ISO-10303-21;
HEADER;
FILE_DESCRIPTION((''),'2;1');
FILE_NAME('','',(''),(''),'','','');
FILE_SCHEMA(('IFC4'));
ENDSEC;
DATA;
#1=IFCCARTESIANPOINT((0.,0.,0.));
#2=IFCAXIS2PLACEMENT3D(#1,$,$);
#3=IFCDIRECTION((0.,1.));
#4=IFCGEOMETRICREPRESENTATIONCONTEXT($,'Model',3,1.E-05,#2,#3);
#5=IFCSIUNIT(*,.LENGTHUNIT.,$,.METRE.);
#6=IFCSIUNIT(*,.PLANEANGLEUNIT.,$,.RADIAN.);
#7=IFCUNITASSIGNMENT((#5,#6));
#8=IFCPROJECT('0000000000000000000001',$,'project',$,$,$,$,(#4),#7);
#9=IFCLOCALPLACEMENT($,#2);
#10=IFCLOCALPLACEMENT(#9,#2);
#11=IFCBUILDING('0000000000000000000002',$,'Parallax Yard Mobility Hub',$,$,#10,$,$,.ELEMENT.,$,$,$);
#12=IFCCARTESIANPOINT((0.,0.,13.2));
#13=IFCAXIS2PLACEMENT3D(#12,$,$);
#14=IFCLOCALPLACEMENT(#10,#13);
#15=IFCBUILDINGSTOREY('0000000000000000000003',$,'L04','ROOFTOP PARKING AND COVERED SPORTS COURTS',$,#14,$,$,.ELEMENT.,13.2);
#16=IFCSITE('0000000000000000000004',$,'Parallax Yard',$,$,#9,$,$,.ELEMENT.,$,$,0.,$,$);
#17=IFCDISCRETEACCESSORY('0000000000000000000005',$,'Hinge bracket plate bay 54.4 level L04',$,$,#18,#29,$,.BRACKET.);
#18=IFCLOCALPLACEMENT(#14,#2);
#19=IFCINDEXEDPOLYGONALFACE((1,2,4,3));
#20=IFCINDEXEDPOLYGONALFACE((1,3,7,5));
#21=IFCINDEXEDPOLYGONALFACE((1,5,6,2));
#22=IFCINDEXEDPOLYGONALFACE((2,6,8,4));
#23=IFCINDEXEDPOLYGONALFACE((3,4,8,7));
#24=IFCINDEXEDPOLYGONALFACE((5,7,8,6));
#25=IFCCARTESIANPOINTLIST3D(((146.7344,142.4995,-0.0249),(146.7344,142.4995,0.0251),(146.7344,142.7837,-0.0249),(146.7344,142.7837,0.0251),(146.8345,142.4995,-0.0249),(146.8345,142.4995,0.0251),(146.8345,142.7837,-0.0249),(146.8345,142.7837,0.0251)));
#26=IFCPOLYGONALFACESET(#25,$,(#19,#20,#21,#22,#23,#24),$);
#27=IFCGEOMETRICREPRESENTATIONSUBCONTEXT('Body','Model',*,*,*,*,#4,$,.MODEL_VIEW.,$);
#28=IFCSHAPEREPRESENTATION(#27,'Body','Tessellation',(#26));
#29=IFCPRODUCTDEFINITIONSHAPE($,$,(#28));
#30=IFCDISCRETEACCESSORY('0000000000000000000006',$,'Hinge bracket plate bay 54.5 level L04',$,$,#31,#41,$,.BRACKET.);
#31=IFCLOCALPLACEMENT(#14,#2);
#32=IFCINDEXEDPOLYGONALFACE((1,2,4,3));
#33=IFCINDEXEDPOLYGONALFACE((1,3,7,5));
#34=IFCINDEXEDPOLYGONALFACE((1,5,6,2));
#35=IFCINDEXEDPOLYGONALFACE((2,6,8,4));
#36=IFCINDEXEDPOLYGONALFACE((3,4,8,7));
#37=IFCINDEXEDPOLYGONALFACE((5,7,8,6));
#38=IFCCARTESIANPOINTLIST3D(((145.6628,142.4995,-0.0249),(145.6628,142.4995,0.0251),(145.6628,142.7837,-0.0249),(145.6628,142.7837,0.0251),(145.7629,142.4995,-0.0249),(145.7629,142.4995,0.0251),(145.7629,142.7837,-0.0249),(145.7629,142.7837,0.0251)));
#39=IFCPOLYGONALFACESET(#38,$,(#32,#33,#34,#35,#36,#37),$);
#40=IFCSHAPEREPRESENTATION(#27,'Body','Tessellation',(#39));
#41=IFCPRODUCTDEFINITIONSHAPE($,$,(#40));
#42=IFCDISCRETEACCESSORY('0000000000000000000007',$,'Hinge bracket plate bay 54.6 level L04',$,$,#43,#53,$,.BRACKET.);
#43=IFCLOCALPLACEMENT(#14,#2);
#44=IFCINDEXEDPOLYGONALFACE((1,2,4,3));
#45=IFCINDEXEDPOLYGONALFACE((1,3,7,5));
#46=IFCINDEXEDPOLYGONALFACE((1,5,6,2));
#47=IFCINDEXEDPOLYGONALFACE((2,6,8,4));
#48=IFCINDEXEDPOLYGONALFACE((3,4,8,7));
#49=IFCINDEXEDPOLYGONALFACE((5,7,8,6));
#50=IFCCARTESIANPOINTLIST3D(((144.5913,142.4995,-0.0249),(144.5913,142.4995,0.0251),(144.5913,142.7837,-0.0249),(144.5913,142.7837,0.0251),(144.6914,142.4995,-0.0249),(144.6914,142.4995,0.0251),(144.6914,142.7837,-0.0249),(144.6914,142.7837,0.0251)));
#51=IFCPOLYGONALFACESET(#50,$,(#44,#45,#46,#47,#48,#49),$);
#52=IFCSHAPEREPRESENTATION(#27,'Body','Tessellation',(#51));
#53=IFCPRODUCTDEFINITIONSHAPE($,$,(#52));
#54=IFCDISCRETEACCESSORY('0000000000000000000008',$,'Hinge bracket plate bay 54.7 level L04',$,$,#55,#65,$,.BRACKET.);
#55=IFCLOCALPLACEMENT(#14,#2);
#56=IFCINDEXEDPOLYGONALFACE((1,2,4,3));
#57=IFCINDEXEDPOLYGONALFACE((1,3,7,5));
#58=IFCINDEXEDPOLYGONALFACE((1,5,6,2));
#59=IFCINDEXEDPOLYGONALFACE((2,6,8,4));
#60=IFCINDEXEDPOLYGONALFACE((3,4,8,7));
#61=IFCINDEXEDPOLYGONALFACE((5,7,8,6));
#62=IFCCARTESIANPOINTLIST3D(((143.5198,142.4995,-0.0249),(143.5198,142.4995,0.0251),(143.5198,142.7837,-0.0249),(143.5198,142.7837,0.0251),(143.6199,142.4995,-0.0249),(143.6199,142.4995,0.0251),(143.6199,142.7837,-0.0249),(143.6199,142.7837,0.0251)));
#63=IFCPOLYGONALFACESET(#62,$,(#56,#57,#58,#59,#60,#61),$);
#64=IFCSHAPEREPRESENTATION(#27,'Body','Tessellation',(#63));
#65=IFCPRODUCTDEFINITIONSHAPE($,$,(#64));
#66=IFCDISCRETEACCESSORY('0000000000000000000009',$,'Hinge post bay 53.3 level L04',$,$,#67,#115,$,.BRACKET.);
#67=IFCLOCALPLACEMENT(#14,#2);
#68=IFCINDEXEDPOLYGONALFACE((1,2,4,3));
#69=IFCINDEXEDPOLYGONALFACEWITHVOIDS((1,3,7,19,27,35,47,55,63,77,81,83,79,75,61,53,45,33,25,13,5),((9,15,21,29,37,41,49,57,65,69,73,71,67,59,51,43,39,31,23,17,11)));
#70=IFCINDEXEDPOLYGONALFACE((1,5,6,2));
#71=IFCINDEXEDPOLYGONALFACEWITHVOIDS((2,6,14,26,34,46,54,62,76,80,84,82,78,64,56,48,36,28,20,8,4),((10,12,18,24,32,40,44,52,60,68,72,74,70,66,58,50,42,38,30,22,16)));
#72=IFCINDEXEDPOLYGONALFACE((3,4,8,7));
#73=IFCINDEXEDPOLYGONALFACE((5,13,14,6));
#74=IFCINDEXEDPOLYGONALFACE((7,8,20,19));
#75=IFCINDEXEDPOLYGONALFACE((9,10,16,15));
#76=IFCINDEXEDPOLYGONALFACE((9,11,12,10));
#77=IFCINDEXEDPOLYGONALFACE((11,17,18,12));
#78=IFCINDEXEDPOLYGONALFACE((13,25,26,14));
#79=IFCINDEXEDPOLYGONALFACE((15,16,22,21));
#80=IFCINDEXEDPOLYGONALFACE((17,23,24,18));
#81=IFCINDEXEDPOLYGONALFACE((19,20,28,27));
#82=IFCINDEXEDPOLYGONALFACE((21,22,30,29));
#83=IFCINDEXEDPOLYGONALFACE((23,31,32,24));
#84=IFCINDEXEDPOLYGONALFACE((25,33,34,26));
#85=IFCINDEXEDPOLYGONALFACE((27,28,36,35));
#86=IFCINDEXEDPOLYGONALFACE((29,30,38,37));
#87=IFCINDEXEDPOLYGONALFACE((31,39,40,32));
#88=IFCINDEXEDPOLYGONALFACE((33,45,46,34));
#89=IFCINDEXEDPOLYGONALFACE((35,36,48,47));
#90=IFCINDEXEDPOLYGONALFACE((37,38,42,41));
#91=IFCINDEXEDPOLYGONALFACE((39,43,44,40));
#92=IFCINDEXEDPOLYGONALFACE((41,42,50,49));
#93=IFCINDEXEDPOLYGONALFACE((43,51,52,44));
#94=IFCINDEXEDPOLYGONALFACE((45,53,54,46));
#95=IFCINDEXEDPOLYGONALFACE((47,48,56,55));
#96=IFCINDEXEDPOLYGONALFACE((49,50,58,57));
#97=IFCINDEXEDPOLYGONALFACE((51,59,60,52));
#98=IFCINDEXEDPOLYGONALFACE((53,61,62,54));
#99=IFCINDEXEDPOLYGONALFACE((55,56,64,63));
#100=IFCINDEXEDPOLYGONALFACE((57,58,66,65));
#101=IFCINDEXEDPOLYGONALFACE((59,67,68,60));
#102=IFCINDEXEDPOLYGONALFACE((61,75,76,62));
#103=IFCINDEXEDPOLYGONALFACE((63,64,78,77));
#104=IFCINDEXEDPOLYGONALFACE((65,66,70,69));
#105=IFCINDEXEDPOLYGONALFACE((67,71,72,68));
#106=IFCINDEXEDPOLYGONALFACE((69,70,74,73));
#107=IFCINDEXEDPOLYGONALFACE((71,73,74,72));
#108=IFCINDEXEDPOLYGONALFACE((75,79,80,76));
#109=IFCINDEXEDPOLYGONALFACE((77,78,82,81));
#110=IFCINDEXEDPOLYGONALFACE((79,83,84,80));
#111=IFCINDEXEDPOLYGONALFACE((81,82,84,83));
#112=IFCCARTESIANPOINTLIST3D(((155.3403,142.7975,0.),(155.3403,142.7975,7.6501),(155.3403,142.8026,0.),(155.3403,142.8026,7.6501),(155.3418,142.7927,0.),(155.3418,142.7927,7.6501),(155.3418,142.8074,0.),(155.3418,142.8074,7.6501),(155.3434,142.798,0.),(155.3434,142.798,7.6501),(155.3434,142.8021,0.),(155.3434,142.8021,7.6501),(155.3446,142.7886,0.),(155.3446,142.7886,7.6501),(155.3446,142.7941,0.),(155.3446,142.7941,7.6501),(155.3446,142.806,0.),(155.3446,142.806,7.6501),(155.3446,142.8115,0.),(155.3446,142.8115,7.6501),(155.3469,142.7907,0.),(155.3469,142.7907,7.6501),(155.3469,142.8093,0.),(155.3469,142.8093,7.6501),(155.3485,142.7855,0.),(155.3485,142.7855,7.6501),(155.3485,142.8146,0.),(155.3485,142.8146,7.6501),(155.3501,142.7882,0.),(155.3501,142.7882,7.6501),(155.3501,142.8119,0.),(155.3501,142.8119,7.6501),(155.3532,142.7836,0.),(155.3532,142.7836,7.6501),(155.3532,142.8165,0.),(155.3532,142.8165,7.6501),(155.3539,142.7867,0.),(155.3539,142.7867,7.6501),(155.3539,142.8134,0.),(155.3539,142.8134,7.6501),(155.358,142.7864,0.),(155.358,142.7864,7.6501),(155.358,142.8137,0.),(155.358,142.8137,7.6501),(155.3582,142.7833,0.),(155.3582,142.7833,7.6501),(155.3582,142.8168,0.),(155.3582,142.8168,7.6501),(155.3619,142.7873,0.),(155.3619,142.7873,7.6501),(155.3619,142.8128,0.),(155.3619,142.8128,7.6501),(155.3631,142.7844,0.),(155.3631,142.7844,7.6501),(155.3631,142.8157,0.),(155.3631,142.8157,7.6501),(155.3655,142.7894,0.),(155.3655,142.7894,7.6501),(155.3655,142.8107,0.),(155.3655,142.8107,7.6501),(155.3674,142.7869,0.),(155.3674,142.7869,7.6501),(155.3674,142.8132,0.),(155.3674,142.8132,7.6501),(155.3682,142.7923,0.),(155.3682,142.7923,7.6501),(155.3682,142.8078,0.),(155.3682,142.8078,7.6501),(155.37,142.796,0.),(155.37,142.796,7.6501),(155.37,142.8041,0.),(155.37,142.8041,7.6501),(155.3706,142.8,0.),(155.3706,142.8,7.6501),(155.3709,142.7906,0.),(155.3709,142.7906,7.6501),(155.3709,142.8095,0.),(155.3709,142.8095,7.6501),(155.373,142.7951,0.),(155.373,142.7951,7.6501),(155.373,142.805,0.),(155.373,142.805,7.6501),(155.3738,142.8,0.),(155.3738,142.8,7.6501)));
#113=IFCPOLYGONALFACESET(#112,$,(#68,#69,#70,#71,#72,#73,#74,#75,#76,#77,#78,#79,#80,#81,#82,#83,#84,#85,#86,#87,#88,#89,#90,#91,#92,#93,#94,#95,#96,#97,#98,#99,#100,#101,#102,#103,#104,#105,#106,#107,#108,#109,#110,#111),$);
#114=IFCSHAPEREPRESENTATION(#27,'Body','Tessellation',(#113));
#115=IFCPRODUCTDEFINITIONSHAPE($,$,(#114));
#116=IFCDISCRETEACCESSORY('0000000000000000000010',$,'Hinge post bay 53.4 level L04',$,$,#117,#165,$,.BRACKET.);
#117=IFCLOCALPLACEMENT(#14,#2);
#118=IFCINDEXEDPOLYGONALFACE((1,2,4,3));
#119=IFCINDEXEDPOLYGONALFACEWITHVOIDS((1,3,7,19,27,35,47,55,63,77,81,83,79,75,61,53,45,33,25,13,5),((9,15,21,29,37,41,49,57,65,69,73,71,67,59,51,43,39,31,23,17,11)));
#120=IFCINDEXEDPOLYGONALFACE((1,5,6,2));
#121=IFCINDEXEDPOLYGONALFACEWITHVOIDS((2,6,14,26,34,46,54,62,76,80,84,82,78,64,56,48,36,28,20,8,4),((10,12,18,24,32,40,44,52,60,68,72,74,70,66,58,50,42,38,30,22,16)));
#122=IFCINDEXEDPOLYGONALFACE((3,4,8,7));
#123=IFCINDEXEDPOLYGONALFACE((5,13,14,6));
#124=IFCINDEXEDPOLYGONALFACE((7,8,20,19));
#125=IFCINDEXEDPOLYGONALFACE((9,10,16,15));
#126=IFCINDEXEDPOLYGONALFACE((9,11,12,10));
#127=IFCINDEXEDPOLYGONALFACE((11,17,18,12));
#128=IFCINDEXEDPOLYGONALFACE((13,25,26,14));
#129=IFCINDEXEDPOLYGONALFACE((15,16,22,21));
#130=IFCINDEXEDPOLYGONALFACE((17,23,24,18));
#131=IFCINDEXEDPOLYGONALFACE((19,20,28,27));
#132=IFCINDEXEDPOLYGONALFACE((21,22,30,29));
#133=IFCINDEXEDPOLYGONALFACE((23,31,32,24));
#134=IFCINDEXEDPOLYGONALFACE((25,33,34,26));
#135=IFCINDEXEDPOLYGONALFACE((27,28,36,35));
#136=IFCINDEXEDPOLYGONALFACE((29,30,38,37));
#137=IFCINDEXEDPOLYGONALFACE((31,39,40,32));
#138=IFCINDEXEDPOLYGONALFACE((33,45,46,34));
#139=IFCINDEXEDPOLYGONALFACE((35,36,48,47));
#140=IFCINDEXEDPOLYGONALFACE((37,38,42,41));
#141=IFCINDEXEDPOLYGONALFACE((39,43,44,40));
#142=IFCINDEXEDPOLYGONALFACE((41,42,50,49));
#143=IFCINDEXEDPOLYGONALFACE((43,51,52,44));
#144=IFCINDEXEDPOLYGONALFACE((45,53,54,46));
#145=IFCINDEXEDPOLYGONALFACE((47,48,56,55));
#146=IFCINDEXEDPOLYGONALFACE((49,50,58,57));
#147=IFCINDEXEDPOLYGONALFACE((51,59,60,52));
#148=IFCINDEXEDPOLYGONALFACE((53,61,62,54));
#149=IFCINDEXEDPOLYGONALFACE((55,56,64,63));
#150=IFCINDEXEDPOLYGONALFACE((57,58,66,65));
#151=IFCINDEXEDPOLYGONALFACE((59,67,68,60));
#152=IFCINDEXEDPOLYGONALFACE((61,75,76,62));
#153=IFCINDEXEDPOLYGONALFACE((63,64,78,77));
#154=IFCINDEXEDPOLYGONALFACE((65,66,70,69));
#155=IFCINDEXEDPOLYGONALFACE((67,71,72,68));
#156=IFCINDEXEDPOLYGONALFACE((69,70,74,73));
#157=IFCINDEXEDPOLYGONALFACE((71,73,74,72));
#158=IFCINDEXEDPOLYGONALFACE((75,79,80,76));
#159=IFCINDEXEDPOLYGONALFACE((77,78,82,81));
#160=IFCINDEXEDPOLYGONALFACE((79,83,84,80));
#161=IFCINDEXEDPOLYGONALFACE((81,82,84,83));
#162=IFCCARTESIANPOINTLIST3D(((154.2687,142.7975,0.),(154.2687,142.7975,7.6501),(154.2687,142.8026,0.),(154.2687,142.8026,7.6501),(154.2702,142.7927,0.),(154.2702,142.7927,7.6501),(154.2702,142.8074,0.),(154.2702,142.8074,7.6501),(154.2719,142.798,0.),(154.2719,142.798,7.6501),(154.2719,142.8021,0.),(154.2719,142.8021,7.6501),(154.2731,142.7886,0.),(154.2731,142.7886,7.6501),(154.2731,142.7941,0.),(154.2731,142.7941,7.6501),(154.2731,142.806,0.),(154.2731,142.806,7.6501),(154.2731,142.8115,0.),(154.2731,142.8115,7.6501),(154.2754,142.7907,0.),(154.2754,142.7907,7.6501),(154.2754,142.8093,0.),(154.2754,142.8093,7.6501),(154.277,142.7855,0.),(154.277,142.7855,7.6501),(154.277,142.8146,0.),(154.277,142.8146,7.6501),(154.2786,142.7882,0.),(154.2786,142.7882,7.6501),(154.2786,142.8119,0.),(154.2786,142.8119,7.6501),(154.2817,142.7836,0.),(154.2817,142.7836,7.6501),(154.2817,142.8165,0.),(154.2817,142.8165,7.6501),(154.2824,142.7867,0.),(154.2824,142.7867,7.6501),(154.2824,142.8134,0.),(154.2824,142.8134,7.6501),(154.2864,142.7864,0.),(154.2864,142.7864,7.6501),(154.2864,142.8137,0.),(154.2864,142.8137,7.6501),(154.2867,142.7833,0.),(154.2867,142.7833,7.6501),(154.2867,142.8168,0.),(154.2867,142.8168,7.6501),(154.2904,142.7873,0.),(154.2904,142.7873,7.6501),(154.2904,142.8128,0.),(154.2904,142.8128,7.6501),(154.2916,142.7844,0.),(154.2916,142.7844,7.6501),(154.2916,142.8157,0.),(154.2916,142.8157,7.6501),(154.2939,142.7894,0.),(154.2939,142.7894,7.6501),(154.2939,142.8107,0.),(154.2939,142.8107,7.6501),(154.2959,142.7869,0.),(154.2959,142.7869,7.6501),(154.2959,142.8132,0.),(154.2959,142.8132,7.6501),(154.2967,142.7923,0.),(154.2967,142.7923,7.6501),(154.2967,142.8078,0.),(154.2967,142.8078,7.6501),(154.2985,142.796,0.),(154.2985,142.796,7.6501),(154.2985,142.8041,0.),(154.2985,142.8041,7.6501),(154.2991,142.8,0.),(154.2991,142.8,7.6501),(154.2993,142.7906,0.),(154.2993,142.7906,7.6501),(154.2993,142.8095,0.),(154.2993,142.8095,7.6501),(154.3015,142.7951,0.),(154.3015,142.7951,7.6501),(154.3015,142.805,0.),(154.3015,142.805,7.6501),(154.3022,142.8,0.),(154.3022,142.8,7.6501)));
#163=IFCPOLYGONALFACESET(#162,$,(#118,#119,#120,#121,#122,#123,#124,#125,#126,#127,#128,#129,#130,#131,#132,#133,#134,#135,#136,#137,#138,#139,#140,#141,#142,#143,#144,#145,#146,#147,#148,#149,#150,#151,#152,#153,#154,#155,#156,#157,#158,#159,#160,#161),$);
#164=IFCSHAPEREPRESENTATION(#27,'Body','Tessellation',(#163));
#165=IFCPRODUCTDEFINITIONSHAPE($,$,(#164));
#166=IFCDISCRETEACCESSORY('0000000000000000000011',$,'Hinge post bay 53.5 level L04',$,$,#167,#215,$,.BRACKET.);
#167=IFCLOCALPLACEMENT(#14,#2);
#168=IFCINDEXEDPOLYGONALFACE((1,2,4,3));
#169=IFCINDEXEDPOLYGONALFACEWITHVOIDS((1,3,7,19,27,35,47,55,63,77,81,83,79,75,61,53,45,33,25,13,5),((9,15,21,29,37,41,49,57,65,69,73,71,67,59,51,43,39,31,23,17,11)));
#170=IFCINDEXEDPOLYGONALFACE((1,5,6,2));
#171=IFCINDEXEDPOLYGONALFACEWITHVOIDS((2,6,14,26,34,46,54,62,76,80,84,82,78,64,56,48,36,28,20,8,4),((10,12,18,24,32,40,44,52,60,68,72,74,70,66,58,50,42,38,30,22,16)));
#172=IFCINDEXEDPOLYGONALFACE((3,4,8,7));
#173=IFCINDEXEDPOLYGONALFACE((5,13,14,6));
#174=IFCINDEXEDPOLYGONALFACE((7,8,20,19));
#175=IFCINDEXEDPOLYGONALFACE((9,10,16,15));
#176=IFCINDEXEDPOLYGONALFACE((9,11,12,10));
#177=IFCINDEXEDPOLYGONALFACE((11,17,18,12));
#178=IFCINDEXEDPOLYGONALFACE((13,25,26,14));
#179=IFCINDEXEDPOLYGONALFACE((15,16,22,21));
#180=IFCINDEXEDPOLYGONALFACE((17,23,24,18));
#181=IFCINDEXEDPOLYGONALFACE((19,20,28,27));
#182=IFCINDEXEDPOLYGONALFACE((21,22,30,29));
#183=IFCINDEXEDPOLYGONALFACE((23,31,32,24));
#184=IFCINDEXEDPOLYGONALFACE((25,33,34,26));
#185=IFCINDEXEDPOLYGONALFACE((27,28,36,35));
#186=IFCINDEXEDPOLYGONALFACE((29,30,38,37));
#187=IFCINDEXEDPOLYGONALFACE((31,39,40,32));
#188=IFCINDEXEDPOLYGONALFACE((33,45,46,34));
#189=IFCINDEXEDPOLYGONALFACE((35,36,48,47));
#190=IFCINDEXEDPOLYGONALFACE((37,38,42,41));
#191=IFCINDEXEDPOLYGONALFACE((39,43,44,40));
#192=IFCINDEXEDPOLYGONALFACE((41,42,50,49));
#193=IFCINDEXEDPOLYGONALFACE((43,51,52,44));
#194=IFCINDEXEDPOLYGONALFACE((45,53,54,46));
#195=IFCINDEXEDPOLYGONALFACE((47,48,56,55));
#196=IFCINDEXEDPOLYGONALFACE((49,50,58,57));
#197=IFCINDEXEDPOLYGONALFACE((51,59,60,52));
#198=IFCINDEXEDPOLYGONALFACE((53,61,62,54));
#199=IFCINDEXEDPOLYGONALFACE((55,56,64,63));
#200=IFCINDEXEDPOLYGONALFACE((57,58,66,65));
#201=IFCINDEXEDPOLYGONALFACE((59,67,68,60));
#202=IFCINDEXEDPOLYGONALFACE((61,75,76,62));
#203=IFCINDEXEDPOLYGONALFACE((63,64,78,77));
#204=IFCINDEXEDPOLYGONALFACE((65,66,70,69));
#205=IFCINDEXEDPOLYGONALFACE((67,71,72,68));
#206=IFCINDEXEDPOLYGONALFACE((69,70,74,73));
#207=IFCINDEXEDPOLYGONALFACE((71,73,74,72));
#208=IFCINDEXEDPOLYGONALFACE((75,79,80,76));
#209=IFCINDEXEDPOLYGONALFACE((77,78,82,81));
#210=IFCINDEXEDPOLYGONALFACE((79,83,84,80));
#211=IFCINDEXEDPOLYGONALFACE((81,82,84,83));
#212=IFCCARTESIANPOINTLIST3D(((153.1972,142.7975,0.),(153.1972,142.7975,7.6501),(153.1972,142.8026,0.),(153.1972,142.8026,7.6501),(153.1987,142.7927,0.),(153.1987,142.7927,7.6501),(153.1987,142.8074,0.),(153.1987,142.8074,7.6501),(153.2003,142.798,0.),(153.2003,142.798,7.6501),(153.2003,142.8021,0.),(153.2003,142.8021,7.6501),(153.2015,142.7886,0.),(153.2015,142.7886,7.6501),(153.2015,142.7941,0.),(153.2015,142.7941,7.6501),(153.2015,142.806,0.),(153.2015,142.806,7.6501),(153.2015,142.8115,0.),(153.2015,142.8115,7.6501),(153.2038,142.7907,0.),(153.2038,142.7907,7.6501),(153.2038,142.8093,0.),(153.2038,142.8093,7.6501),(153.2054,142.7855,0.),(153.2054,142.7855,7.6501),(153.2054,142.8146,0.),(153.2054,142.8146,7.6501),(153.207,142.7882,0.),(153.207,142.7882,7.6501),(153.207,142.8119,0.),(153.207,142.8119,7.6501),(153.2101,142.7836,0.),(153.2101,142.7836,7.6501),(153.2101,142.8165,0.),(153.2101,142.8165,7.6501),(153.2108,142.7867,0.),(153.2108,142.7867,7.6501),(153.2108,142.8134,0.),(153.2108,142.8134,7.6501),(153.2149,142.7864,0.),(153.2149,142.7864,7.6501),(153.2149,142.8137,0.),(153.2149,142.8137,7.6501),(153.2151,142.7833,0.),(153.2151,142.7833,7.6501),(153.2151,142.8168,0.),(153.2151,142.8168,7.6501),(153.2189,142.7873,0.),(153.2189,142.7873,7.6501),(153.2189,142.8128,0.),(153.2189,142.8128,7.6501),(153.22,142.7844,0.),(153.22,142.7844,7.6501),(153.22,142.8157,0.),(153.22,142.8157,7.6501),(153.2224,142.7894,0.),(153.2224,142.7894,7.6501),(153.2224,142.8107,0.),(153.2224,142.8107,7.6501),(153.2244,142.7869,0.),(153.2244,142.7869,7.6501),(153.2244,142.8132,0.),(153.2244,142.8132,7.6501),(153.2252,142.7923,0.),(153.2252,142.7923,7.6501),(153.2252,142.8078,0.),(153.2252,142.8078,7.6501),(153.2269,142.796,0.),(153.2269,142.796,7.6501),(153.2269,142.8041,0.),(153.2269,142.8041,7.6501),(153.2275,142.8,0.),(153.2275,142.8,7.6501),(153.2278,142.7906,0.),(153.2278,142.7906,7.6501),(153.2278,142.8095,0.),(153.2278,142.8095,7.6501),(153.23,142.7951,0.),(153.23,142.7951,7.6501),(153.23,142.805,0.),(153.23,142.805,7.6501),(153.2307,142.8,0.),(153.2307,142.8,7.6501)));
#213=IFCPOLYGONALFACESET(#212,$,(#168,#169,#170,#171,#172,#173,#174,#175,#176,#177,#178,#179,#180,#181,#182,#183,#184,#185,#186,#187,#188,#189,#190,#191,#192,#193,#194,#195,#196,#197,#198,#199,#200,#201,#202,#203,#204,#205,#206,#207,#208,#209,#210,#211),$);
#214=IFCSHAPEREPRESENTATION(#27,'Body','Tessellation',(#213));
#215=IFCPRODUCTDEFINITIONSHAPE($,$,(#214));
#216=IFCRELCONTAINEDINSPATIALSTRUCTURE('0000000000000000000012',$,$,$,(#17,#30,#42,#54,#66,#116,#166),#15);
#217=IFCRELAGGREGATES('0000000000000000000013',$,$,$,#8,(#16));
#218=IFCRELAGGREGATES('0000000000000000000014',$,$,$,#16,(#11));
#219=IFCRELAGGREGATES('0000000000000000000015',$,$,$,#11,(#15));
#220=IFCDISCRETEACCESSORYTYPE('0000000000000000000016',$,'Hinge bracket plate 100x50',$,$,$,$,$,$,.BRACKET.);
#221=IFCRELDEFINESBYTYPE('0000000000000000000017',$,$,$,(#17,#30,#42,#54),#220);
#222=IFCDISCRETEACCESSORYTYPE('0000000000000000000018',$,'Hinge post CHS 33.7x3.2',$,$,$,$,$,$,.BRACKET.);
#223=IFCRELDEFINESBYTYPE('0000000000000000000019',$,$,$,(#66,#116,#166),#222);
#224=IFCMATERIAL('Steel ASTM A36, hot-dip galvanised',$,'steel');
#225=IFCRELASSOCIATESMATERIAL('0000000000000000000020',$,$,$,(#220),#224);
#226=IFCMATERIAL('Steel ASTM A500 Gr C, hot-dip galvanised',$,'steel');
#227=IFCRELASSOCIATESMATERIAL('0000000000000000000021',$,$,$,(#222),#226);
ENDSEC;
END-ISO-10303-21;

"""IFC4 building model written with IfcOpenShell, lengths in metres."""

from ifc_helpers import new_model, si_unit, direction, frame, origin, origin_2d, place, context, subcontext, project, spatial, rectangle, hollow_circle, extrude, material, material_profile, profile_set, type_object, element, save


model = new_model("IFC4")

# Units and contexts
model_context = context("Model", 3, precision=1e-05, world=origin(), true_north=direction((0.0, 1.0)))
body_context = subcontext(model_context, "Body", "Model", "MODEL_VIEW")
ifc_project = project(units=[si_unit("LENGTHUNIT", "METRE"), si_unit("PLANEANGLEUNIT", "RADIAN")], contexts=[model_context])

# Site, building, storey
site_placement = place(None, origin())
site = spatial("IfcSite", under=ifc_project, at=site_placement, Name="Parallax Yard", CompositionType="ELEMENT", RefElevation=0.0)
building_placement = place(site_placement, origin())
building = spatial("IfcBuilding", under=site, at=building_placement, Name="Parallax Yard Mobility Hub", CompositionType="ELEMENT")
storey_placement = place(building_placement, frame((0.0, 0.0, 13.2)))
storey = spatial("IfcBuildingStorey", under=building, at=storey_placement, Name="L04", Description="ROOFTOP PARKING AND COVERED SPORTS COURTS", CompositionType="ELEMENT", Elevation=13.2)

# Discrete accessories
ifc_material_1 = material(Name="Steel ASTM A36, hot-dip galvanised", Category="steel")
discrete_accessory_type_1 = type_object("IfcDiscreteAccessoryType", Name="Hinge bracket plate 100x50", PredefinedType="BRACKET", material=ifc_material_1)
for number, where, z_axis, x_axis, name in (
    (1, (146.7844, 142.6416, -0.0249), (0.0, 0.0, 1.0), (0.0, 1.0, 0.0), "Hinge bracket plate bay 54.4 level L04"),
    (2, (145.7129, 142.6416, -0.0249), (0.0, 0.0, 1.0), (0.0, 1.0, 0.0), "Hinge bracket plate bay 54.5 level L04"),
    (3, (144.6414, 142.6416, -0.0249), (0.0, 0.0, 1.0), (0.0, 1.0, 0.0), "Hinge bracket plate bay 54.6 level L04"),
    (4, (143.5698, 142.6416, -0.0249), (0.0, 0.0, 1.0), (0.0, 1.0, 0.0), "Hinge bracket plate bay 54.7 level L04"),
):
    element("IfcDiscreteAccessory", number, at=place(storey_placement, frame(where, z_axis=z_axis, x_axis=x_axis)), inside=storey, type_object=discrete_accessory_type_1, Name=name, PredefinedType="BRACKET", context=body_context, shape_type="SweptSolid", body=[
        extrude(rectangle(XDim=0.2842, YDim=0.1001, at=origin_2d()), origin(), (0.0, 0.0, 1.0), 0.05),
    ])
ifc_material_2 = material(Name="Steel ASTM A500 Gr C, hot-dip galvanised", Category="steel")
ifc_material_profile = material_profile(ifc_material_2, hollow_circle(Radius=0.0168, WallThickness=0.0032, at=origin_2d()), Name="CHS 33.7x3.2")
ifc_profile_set = profile_set([ifc_material_profile], Name="Steel ASTM A500 Gr C, hot-dip galvanised")
discrete_accessory_type_2 = type_object("IfcDiscreteAccessoryType", Name="Hinge post CHS 33.7x3.2", PredefinedType="BRACKET", material=ifc_profile_set)
for number, where, z_axis, x_axis, name in (
    (5, (155.3569, 142.8, 0.0), (0.0, 0.0, 1.0), (1.0, 0.0, 0.0), "Hinge post bay 53.3 level L04"),
    (6, (154.2854, 142.8, 0.0), (0.0, 0.0, 1.0), (1.0, 0.0, 0.0), "Hinge post bay 53.4 level L04"),
    (7, (153.2139, 142.8, 0.0), (0.0, 0.0, 1.0), (1.0, 0.0, 0.0), "Hinge post bay 53.5 level L04"),
):
    element("IfcDiscreteAccessory", number, at=place(storey_placement, frame(where, z_axis=z_axis, x_axis=x_axis)), inside=storey, type_object=discrete_accessory_type_2, Name=name, PredefinedType="BRACKET", context=body_context, shape_type="SweptSolid", body=[
        extrude(hollow_circle(Radius=0.0168, WallThickness=0.0032, at=origin_2d()), origin(), (0.0, 0.0, 1.0), 7.6501),
    ])

save(model, "model.ifc")
